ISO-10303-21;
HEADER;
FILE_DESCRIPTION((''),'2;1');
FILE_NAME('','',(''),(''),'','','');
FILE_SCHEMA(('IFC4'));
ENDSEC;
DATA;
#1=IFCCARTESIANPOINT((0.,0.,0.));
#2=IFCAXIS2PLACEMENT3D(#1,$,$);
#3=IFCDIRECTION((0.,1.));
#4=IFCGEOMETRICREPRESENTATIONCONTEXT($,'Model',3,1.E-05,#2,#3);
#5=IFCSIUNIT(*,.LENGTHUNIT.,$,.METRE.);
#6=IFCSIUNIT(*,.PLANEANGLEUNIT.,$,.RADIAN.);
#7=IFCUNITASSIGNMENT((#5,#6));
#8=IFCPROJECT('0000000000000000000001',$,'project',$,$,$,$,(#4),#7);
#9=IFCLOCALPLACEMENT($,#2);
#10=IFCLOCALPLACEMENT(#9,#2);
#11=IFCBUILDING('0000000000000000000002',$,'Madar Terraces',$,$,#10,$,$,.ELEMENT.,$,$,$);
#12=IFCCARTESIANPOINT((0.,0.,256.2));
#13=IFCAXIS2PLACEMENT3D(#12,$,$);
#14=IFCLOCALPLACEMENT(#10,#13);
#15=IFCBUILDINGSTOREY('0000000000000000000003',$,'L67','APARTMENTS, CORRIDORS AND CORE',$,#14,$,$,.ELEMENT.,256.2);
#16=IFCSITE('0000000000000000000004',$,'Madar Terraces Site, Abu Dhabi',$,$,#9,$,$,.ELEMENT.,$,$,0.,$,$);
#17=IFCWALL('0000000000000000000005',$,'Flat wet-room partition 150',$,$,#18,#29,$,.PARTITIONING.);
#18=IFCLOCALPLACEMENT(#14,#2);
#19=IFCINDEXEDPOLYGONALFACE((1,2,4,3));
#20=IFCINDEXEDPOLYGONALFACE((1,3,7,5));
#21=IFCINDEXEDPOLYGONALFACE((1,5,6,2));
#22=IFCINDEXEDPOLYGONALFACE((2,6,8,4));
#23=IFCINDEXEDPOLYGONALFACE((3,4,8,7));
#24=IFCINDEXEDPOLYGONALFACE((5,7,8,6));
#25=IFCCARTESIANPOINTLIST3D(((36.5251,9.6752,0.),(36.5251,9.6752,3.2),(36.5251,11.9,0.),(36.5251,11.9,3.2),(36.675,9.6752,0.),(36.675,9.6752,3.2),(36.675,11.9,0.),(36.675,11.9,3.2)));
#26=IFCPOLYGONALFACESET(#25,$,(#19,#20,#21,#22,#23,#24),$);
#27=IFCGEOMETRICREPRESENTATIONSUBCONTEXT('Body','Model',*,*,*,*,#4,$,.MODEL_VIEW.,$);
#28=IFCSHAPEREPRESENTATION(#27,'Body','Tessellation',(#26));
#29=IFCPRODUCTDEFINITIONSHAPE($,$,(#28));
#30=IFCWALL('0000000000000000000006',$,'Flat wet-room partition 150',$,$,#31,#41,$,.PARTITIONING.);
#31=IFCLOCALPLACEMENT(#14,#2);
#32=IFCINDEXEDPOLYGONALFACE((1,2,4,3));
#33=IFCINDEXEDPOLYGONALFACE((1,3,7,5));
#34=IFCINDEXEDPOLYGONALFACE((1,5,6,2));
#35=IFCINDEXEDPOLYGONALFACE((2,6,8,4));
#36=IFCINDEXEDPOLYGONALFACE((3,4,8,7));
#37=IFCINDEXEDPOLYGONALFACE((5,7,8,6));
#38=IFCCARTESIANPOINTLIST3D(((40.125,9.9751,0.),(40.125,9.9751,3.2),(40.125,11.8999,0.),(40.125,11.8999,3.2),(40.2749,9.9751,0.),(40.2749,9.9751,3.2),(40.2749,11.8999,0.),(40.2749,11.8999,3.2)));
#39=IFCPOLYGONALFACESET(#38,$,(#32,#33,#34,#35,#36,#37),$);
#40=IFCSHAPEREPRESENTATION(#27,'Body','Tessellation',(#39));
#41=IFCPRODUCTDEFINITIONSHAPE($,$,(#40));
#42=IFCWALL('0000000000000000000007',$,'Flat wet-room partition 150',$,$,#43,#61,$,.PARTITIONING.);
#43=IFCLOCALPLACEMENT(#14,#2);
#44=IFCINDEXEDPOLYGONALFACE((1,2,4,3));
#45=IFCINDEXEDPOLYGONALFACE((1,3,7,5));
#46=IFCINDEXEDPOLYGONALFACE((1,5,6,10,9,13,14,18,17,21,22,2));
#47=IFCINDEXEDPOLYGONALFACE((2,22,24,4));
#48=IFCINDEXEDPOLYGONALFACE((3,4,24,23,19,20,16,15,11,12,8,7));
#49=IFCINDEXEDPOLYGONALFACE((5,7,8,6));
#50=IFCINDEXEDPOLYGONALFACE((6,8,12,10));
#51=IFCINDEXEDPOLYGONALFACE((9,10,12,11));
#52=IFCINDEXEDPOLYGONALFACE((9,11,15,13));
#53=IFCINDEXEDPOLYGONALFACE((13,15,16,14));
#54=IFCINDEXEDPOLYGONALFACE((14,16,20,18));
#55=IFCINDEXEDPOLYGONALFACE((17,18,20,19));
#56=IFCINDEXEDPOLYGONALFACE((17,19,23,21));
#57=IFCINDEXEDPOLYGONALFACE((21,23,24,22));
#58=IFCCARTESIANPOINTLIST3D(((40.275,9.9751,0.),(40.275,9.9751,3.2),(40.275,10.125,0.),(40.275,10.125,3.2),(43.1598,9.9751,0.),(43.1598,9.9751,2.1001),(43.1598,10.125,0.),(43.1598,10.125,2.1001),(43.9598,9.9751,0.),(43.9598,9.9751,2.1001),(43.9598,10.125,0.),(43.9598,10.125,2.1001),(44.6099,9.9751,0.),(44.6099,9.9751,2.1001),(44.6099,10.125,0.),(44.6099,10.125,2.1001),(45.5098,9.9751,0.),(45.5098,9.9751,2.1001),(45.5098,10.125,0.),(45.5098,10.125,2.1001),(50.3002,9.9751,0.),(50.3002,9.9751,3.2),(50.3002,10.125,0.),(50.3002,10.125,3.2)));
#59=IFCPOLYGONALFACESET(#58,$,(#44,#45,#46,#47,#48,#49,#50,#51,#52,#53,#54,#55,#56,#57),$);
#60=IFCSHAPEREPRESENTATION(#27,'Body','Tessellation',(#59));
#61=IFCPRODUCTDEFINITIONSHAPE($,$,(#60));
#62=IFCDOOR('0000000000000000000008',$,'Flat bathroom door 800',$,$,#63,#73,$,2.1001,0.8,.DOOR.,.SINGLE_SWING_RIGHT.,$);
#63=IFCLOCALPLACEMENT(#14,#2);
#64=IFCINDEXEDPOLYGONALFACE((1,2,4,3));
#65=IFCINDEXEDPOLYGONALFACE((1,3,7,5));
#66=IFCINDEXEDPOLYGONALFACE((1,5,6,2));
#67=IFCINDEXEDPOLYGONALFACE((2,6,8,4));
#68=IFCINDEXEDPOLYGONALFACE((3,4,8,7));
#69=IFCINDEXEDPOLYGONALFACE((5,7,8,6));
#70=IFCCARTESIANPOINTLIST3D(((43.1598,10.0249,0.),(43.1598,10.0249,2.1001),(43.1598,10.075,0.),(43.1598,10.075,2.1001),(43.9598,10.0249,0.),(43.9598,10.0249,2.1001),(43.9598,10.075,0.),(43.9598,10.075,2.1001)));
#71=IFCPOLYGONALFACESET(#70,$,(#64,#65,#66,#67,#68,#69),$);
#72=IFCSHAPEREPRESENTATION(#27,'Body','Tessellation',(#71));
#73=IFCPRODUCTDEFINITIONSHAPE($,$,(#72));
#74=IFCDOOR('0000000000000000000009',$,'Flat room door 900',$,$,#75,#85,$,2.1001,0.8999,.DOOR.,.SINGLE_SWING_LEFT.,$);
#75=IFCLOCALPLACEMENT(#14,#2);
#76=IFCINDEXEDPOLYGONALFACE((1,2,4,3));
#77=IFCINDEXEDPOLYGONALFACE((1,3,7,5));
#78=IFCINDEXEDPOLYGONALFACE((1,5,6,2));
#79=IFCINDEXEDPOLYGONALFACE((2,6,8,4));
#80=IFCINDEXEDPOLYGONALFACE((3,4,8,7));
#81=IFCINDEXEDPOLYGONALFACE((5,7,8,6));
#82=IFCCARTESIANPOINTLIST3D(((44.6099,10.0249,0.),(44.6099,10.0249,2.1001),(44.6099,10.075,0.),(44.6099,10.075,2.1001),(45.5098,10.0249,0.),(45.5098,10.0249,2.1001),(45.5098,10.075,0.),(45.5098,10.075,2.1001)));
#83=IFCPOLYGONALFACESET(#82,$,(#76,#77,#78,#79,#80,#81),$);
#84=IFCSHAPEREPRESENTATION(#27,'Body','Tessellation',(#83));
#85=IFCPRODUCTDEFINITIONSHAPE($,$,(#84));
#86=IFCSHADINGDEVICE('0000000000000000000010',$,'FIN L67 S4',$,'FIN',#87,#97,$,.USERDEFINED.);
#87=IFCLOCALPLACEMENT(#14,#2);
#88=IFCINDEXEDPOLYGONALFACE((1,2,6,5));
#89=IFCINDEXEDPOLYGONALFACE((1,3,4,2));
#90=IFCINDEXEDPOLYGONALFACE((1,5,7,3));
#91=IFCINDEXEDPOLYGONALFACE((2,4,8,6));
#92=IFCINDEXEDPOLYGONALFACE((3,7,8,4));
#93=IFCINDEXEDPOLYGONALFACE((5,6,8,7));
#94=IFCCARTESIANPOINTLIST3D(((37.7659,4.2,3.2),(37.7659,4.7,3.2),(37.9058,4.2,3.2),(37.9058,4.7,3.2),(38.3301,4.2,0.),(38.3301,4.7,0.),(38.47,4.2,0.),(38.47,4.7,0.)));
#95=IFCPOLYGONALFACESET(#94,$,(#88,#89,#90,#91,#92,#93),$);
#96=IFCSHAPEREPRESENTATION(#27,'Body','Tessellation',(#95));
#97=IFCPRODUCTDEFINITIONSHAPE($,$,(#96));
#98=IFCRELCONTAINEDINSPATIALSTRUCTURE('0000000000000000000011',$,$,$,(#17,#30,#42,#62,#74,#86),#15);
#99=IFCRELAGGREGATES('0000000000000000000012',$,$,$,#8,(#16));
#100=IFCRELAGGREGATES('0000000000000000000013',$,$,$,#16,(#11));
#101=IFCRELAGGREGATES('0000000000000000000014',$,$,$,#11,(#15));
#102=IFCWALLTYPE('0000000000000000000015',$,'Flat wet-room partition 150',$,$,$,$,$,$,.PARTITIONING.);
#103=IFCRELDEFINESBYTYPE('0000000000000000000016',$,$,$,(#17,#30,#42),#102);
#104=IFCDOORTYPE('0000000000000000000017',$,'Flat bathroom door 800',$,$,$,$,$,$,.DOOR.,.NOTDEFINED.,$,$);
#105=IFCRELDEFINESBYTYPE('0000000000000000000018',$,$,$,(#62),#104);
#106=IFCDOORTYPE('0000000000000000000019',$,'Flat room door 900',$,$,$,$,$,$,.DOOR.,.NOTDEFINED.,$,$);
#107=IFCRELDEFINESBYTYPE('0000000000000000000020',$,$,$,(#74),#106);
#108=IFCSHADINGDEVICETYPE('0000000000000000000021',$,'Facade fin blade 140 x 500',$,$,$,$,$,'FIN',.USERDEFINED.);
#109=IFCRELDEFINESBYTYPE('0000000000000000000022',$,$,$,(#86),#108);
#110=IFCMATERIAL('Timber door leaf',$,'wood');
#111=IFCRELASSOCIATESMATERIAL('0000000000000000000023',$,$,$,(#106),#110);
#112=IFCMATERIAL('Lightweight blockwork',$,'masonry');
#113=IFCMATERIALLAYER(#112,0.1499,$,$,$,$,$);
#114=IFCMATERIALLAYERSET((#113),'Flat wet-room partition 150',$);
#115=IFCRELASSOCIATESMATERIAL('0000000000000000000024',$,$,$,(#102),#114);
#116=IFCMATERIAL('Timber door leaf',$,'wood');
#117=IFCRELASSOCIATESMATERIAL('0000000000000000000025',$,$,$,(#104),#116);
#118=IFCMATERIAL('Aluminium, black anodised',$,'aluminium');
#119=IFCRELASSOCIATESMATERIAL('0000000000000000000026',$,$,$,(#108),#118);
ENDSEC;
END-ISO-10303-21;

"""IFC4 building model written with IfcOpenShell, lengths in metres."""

from ifc_helpers import new_model, si_unit, direction, frame, frame_2d, origin, place, context, subcontext, project, spatial, polyline, rectangle, outline, extrude, material, layer, layer_set, type_object, element, fill, save


model = new_model("IFC4")

# Units and contexts
model_context = context("Model", 3, precision=1e-05, world=origin(), true_north=direction((0.0, 1.0)))
body_context = subcontext(model_context, "Body", "Model", "MODEL_VIEW")
ifc_project = project(units=[si_unit("LENGTHUNIT", "METRE"), si_unit("PLANEANGLEUNIT", "RADIAN")], contexts=[model_context])

# Site, building, storey
site_placement = place(None, origin())
site = spatial("IfcSite", under=ifc_project, at=site_placement, Name="Madar Terraces Site, Abu Dhabi", CompositionType="ELEMENT", RefElevation=0.0)
building_placement = place(site_placement, origin())
building = spatial("IfcBuilding", under=site, at=building_placement, Name="Madar Terraces", CompositionType="ELEMENT")
storey_placement = place(building_placement, frame((0.0, 0.0, 256.2)))
storey = spatial("IfcBuildingStorey", under=building, at=storey_placement, Name="L67", Description="APARTMENTS, CORRIDORS AND CORE", CompositionType="ELEMENT", Elevation=256.2)

# Shared definitions
ifc_material_1 = material(Name="Timber door leaf", Category="wood")
door_type_1 = type_object("IfcDoorType", Name="Flat room door 900", OperationType="NOTDEFINED", PredefinedType="DOOR", material=ifc_material_1)

# Walls
ifc_material_2 = material(Name="Lightweight blockwork", Category="masonry")
ifc_layer_1 = layer(ifc_material_2, 0.1499)
ifc_layer_set_1 = layer_set([ifc_layer_1], Name="Flat wet-room partition 150")
wall_type_1 = type_object("IfcWallType", Name="Flat wet-room partition 150", PredefinedType="PARTITIONING", material=ifc_layer_set_1)
wall_1_placement = place(storey_placement, frame((36.6001, 11.8999, 0.0), z_axis=(0.0, 0.0, 1.0), x_axis=(0.0, -1.0, 0.0)))
element("IfcWall", 1, at=wall_1_placement, inside=storey, type_object=wall_type_1, Name="Flat wet-room partition 150", PredefinedType="PARTITIONING", context=body_context, shape_type="SweptSolid", body=[
    extrude(rectangle(XDim=2.2249, YDim=0.1499, at=frame_2d((1.1123, 0.0))), origin(), (0.0, 0.0, 1.0), 3.2),
])
wall_2_placement = place(storey_placement, frame((40.2, 11.8999, 0.0), z_axis=(0.0, 0.0, 1.0), x_axis=(0.0, -1.0, 0.0)))
element("IfcWall", 2, at=wall_2_placement, inside=storey, type_object=wall_type_1, Name="Flat wet-room partition 150", PredefinedType="PARTITIONING", context=body_context, shape_type="SweptSolid", body=[
    extrude(rectangle(XDim=1.9248, YDim=0.1499, at=frame_2d((0.9624, 0.0))), origin(), (0.0, 0.0, 1.0), 3.2),
])

# Wall, openings, doors
wall_3_placement = place(storey_placement, frame((40.2749, 10.05, 0.0), z_axis=(0.0, 0.0, 1.0), x_axis=(1.0, 0.0, 0.0)))
wall_3 = element("IfcWall", 3, at=wall_3_placement, inside=storey, type_object=wall_type_1, Name="Flat wet-room partition 150", PredefinedType="PARTITIONING", context=body_context, shape_type="SweptSolid", body=[
    extrude(rectangle(XDim=10.0251, YDim=0.1499, at=frame_2d((5.0127, 0.0))), origin(), (0.0, 0.0, 1.0), 3.2),
])
opening_1_placement = place(wall_3_placement, frame((2.885, 0.0, 0.0)))
opening_1 = element("IfcOpeningElement", 4, at=opening_1_placement, cuts=wall_3, PredefinedType="OPENING", context=body_context, shape_type="SweptSolid", body=[
    extrude(rectangle(XDim=0.8, YDim=2.1001, at=frame_2d((0.3999, 1.05))), frame((0.0, 0.085, 0.0), z_axis=(0.0, -1.0, 0.0), x_axis=(1.0, 0.0, 0.0)), (0.0, 0.0, 1.0), 0.1699),
])
opening_2_placement = place(wall_3_placement, frame((4.335, 0.0, 0.0)))
opening_2 = element("IfcOpeningElement", 5, at=opening_2_placement, cuts=wall_3, PredefinedType="OPENING", context=body_context, shape_type="SweptSolid", body=[
    extrude(rectangle(XDim=0.8999, YDim=2.1001, at=frame_2d((0.45, 1.05))), frame((0.0, 0.085, 0.0), z_axis=(0.0, -1.0, 0.0), x_axis=(1.0, 0.0, 0.0)), (0.0, 0.0, 1.0), 0.1699),
])
ifc_material_3 = material(Name="Timber door leaf", Category="wood")
door_type_2 = type_object("IfcDoorType", Name="Flat bathroom door 800", OperationType="NOTDEFINED", PredefinedType="DOOR", material=ifc_material_3)
door_1_placement = place(opening_1_placement, origin())
door_1 = element("IfcDoor", 6, at=door_1_placement, inside=storey, type_object=door_type_2, Name="Flat bathroom door 800", OperationType="SINGLE_SWING_RIGHT", OverallHeight=2.1001, OverallWidth=0.8, PredefinedType="DOOR", context=body_context, shape_type="SweptSolid", body=[
    extrude(rectangle(XDim=0.8, YDim=2.1001, at=frame_2d((0.3999, 1.05))), frame((0.0, 0.0249, 0.0), z_axis=(0.0, -1.0, 0.0), x_axis=(1.0, 0.0, 0.0)), (0.0, 0.0, 1.0), 0.05),
])
fill(opening_1, door_1)
door_2_placement = place(opening_2_placement, origin())
door_2 = element("IfcDoor", 7, at=door_2_placement, inside=storey, type_object=door_type_1, Name="Flat room door 900", OperationType="SINGLE_SWING_LEFT", OverallHeight=2.1001, OverallWidth=0.8999, PredefinedType="DOOR", context=body_context, shape_type="SweptSolid", body=[
    extrude(rectangle(XDim=0.8999, YDim=2.1001, at=frame_2d((0.45, 1.05))), frame((0.0, 0.0249, 0.0), z_axis=(0.0, -1.0, 0.0), x_axis=(1.0, 0.0, 0.0)), (0.0, 0.0, 1.0), 0.05),
])
fill(opening_2, door_2)

# Shading device
ifc_material_4 = material(Name="Aluminium, black anodised", Category="aluminium")
shading_device_type = type_object("IfcShadingDeviceType", Name="Facade fin blade 140 x 500", ElementType="FIN", PredefinedType="USERDEFINED", material=ifc_material_4)
shading_device_placement = place(storey_placement, frame((38.3301, 4.45, 0.0), z_axis=(0.0, 0.0, 1.0), x_axis=(1.0, 0.0, 0.0)))
element("IfcShadingDevice", 8, at=shading_device_placement, inside=storey, type_object=shading_device_type, Name="FIN L67 S4", ObjectType="FIN", PredefinedType="USERDEFINED", context=body_context, shape_type="SweptSolid", body=[
    extrude(outline(polyline([(0.0, 0.0), (0.1399, 0.0), (-0.4243, 3.2), (-0.5642, 3.2), (0.0, 0.0)])), frame((0.0, 0.25, 0.0), z_axis=(0.0, -1.0, 0.0), x_axis=(1.0, 0.0, 0.0)), (0.0, 0.0, 1.0), 0.5),
])

save(model, "model.ifc")
